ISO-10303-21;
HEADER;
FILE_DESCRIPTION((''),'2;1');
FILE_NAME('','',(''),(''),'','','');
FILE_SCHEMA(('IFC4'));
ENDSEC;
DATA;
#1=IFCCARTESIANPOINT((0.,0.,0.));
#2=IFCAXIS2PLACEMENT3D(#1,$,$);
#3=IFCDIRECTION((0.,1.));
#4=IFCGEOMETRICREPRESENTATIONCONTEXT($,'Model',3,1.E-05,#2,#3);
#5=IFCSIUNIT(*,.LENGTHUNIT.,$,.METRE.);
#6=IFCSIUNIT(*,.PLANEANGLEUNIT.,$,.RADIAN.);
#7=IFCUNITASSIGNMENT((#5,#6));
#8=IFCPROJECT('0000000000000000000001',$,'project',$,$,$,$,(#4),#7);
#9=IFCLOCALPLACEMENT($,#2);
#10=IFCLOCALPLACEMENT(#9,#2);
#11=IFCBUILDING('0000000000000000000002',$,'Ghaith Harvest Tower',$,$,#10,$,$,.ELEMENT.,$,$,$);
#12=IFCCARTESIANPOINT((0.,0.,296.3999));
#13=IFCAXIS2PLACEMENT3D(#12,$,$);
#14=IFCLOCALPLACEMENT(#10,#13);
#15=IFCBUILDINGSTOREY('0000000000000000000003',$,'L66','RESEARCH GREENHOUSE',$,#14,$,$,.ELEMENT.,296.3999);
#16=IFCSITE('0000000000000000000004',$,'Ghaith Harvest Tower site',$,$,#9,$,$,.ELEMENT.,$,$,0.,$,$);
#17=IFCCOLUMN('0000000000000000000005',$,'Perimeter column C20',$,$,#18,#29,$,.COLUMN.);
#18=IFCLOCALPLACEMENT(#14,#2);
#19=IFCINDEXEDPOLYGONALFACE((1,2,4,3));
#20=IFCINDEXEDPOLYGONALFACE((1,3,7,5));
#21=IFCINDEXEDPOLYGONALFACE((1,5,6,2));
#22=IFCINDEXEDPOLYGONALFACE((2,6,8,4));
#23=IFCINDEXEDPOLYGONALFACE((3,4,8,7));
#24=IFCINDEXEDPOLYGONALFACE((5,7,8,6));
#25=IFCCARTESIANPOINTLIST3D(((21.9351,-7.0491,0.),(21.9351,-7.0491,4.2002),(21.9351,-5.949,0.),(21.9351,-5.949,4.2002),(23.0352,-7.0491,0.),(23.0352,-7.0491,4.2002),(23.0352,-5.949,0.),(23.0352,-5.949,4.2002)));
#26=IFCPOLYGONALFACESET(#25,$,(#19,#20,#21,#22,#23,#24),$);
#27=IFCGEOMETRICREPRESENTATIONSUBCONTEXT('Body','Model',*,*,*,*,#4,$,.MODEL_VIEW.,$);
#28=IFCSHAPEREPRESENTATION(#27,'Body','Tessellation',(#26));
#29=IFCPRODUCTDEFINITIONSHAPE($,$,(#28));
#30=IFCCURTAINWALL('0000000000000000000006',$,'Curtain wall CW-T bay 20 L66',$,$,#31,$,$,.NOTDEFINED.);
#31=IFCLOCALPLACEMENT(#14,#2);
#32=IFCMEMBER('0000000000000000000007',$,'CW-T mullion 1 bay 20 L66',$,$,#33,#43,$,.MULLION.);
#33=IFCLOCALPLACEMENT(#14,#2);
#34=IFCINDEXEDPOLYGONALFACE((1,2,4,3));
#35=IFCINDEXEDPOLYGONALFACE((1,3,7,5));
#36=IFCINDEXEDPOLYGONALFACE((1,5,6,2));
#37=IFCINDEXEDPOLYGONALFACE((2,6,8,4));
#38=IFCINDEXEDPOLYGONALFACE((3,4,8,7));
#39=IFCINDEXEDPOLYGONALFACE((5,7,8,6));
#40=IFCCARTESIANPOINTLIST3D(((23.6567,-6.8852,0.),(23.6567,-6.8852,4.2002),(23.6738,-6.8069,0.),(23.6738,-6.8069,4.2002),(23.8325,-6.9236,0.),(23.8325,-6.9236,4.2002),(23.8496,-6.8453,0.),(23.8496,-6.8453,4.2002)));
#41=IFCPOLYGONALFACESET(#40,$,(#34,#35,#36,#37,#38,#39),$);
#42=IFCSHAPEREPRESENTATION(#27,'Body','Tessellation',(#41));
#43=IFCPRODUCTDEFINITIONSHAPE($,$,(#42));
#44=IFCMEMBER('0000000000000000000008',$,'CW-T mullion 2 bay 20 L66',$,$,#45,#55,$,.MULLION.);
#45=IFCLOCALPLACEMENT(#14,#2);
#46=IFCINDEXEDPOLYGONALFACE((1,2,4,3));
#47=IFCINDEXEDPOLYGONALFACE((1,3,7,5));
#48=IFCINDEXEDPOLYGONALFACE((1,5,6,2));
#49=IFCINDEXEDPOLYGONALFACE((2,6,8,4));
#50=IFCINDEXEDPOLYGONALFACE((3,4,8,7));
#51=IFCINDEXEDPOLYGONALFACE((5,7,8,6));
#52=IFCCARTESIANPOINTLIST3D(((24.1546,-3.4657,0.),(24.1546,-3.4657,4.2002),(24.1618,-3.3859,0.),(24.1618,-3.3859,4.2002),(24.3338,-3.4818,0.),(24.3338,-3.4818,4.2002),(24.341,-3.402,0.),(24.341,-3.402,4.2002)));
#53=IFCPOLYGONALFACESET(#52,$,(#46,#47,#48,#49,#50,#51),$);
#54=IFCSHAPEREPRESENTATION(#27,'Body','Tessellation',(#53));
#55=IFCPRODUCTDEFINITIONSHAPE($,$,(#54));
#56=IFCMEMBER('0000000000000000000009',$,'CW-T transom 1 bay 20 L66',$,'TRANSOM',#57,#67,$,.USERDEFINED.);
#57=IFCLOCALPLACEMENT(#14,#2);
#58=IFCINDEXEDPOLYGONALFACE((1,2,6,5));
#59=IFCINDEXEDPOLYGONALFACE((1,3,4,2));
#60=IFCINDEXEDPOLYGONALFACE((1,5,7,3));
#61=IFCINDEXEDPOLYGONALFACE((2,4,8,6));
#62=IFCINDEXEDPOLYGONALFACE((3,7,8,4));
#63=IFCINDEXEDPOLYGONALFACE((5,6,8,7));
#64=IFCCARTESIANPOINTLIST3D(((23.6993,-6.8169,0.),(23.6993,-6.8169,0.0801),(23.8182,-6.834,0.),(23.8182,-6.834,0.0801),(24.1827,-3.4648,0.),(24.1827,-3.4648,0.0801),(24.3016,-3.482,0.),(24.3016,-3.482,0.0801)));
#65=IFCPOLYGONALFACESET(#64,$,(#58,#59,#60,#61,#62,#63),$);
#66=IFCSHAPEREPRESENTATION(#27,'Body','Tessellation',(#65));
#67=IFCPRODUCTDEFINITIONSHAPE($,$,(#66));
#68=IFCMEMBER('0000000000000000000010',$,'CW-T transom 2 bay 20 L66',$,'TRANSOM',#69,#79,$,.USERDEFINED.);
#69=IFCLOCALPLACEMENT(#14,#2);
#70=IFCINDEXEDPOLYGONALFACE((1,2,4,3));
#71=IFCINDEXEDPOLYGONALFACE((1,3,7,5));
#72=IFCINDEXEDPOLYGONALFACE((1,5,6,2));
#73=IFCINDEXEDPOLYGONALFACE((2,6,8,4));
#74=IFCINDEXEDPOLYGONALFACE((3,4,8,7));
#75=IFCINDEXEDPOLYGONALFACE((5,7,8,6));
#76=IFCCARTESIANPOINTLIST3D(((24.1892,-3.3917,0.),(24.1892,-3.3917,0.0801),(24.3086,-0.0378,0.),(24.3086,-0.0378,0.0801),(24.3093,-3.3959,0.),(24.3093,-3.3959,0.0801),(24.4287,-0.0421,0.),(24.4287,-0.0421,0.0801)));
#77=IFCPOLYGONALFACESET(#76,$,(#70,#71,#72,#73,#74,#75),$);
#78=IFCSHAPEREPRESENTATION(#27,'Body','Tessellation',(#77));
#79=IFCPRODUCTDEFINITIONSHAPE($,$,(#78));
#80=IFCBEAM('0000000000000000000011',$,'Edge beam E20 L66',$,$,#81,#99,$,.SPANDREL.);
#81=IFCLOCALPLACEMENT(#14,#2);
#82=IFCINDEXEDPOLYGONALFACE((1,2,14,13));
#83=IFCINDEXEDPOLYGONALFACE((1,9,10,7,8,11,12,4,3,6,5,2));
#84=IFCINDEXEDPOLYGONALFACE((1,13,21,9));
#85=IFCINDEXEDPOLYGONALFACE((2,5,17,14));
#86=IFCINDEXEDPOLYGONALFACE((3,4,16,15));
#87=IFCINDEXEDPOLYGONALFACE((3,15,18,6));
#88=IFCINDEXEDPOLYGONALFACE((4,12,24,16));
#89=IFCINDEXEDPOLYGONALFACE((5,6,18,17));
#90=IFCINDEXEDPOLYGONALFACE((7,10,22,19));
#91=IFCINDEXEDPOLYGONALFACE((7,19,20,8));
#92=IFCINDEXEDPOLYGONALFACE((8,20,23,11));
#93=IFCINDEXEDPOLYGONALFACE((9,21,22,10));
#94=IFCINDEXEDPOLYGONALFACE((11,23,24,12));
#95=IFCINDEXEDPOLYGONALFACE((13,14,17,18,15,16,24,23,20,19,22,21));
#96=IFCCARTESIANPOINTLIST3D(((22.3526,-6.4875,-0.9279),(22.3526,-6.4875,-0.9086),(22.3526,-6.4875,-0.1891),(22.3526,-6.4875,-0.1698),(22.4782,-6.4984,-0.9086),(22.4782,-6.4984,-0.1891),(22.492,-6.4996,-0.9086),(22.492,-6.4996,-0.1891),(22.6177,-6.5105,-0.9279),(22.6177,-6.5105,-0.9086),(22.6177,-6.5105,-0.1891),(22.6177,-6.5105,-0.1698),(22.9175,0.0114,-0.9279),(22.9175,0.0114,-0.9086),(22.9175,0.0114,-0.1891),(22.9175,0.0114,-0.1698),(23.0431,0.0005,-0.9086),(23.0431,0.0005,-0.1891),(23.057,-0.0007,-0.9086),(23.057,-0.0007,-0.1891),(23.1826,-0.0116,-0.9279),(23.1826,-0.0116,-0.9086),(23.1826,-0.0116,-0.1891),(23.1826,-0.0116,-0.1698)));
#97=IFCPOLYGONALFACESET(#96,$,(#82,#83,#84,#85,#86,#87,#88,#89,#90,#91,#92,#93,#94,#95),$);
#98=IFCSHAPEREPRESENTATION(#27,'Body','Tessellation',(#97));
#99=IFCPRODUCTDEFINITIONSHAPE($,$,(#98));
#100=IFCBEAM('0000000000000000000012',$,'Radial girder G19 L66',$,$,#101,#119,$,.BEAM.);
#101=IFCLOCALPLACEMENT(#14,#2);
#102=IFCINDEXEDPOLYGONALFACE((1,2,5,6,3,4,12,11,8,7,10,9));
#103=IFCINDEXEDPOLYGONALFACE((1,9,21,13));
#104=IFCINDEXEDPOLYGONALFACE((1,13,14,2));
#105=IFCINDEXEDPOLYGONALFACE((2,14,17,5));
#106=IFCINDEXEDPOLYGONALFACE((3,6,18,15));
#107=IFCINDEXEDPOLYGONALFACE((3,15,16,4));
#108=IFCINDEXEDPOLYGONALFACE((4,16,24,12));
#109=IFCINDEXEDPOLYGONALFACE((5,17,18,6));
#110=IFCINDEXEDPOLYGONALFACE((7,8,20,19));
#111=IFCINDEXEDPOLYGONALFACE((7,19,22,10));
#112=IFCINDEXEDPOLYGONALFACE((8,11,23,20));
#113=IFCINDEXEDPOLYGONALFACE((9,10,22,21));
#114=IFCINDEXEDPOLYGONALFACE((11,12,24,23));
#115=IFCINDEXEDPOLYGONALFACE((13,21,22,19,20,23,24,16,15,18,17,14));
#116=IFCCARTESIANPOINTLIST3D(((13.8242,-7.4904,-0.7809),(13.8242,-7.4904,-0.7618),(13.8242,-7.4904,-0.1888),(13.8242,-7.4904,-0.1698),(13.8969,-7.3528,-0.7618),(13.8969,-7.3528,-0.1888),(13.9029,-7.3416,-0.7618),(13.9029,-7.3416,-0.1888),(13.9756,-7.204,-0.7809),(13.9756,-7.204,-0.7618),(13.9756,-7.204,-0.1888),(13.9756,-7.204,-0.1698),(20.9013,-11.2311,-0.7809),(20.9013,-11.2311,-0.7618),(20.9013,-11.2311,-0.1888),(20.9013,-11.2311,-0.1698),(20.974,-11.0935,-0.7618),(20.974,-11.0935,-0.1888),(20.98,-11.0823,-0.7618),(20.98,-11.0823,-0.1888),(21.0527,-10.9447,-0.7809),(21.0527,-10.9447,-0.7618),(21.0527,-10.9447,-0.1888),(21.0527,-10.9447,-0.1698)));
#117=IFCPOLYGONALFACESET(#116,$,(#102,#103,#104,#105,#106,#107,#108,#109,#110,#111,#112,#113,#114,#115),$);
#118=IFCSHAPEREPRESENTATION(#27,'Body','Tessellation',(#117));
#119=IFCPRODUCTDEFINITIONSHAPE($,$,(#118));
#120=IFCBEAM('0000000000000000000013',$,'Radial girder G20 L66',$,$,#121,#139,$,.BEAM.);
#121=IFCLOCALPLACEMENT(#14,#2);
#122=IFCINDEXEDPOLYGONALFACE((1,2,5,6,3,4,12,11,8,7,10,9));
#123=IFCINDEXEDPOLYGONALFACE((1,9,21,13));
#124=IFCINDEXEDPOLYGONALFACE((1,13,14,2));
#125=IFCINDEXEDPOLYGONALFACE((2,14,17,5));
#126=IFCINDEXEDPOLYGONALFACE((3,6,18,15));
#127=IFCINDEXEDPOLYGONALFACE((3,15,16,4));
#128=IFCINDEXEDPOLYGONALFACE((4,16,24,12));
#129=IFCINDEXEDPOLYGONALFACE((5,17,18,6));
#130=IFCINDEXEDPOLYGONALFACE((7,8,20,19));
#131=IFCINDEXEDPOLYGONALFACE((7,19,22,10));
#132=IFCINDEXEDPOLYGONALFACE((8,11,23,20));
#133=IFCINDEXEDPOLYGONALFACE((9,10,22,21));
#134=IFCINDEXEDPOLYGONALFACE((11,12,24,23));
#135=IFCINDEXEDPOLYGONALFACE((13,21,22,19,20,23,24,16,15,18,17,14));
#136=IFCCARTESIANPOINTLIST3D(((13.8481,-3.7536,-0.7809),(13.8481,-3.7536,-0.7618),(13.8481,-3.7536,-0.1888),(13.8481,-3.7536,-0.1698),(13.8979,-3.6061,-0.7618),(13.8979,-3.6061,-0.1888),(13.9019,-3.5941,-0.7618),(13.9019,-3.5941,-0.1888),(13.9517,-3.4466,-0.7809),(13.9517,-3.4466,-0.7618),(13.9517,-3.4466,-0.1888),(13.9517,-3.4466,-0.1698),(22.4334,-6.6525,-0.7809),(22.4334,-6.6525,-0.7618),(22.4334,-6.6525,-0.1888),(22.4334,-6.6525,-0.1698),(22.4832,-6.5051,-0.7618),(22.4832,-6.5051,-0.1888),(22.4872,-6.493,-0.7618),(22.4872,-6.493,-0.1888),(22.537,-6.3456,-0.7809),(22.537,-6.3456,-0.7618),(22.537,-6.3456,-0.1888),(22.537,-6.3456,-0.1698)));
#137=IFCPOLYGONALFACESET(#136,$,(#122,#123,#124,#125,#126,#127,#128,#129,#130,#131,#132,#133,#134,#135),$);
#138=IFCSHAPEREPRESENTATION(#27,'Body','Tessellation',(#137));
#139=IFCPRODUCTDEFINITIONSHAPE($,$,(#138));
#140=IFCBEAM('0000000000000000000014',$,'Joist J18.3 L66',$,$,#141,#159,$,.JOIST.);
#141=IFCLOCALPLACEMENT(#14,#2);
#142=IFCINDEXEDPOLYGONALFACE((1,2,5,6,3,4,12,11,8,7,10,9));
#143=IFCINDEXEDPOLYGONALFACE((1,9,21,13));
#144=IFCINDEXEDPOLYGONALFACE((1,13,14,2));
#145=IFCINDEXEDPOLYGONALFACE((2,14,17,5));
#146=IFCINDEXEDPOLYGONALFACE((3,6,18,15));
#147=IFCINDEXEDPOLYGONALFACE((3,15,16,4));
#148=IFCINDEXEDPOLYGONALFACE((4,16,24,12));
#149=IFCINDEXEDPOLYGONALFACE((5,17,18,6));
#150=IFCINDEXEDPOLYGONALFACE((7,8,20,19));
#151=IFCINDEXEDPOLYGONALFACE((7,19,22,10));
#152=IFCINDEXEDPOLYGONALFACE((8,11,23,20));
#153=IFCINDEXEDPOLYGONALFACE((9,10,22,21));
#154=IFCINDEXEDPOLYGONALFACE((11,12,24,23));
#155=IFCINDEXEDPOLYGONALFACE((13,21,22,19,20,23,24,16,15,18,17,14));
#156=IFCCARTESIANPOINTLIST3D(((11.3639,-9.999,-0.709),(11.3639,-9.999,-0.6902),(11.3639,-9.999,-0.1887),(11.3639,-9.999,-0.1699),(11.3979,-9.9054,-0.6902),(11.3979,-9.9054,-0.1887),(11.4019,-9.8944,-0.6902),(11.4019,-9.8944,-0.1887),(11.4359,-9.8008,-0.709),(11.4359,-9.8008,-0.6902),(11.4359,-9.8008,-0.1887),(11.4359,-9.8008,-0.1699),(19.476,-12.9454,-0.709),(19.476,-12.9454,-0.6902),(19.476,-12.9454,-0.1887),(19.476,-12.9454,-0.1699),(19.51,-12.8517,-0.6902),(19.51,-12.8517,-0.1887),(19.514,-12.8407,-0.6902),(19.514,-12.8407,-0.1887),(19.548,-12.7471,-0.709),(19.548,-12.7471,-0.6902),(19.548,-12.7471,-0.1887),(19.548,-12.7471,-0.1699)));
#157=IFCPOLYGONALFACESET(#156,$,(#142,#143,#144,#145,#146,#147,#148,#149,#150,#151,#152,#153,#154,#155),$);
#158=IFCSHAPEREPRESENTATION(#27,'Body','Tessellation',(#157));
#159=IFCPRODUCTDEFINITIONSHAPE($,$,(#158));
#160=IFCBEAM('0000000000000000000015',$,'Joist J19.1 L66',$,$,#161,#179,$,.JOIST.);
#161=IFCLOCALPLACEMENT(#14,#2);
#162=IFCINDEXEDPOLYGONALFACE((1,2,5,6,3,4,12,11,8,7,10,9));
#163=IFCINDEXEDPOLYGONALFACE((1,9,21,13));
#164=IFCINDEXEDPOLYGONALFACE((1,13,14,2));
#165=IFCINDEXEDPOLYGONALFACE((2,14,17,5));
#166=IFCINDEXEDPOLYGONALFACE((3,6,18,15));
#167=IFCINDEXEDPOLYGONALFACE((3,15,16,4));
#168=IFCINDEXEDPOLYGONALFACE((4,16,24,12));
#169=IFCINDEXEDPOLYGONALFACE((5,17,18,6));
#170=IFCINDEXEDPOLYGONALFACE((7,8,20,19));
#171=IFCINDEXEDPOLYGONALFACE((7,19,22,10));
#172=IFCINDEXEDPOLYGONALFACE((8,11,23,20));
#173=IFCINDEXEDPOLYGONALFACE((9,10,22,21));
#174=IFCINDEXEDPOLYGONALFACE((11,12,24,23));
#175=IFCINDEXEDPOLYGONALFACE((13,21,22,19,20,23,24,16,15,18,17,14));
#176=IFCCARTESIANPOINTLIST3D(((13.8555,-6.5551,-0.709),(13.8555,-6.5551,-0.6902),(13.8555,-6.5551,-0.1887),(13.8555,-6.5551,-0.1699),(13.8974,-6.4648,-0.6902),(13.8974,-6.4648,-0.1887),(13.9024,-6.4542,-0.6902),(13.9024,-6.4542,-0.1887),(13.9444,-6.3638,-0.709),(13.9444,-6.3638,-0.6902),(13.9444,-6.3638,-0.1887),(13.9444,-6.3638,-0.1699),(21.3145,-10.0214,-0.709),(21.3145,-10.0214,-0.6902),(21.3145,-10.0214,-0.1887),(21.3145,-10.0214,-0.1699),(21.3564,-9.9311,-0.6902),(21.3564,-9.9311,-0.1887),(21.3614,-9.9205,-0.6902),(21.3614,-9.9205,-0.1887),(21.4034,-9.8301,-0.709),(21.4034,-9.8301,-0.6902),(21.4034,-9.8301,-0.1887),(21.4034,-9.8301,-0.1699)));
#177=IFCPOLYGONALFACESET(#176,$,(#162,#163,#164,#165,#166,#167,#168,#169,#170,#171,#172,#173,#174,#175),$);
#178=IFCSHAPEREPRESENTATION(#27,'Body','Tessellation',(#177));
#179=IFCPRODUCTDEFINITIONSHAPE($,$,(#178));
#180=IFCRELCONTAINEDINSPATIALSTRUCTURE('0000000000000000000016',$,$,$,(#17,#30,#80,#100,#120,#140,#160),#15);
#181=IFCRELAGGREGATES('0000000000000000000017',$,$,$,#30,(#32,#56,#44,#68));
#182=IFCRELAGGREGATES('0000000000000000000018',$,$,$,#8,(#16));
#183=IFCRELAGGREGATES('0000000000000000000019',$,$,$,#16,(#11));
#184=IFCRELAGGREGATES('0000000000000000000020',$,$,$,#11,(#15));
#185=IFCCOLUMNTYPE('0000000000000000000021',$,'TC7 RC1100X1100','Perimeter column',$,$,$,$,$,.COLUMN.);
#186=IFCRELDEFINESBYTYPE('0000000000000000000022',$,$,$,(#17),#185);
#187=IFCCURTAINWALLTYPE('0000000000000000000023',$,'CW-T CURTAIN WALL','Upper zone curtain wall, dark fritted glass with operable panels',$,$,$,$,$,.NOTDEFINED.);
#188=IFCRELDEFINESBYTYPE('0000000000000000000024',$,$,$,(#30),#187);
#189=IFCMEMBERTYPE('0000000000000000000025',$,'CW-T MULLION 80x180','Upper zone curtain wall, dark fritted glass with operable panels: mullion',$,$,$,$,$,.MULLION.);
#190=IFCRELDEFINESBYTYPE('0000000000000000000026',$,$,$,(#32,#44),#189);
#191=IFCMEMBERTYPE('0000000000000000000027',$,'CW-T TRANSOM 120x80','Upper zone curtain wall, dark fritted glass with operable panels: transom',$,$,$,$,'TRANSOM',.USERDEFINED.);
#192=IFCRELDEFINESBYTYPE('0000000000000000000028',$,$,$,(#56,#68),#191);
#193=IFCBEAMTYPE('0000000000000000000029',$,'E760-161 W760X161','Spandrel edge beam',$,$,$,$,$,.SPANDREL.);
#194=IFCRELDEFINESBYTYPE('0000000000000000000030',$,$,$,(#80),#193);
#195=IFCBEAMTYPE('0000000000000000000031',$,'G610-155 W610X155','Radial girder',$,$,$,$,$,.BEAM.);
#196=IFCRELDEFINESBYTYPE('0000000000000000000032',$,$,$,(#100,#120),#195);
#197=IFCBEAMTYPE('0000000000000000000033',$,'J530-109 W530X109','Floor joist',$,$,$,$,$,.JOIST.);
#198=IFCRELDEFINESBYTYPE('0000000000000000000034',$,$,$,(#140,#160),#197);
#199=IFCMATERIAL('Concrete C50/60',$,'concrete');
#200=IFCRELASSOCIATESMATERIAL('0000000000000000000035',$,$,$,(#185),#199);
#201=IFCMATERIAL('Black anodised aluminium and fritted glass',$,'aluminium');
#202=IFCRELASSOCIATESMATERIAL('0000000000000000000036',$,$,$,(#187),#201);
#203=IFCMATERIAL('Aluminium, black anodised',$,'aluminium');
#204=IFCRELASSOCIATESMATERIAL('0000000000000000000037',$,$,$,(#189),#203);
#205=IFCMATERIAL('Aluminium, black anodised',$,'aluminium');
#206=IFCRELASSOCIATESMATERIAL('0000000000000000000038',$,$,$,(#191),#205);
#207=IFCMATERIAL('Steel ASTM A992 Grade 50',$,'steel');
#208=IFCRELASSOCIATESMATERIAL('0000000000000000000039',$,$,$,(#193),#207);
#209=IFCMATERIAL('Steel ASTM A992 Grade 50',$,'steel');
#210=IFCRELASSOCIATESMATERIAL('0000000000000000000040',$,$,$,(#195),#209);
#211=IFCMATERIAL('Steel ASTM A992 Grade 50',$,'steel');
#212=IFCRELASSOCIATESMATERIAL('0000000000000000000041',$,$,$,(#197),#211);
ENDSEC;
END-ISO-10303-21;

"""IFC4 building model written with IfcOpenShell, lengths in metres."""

from ifc_helpers import new_model, si_unit, direction, frame, origin, origin_2d, place, context, subcontext, project, spatial, rectangle, i_section, extrude, material, material_profile, profile_set, type_object, element, aggregate, save


model = new_model("IFC4")

# Units and contexts
model_context = context("Model", 3, precision=1e-05, world=origin(), true_north=direction((0.0, 1.0)))
body_context = subcontext(model_context, "Body", "Model", "MODEL_VIEW")
ifc_project = project(units=[si_unit("LENGTHUNIT", "METRE"), si_unit("PLANEANGLEUNIT", "RADIAN")], contexts=[model_context])

# Site, building, storey
site_placement = place(None, origin())
site = spatial("IfcSite", under=ifc_project, at=site_placement, Name="Ghaith Harvest Tower site", CompositionType="ELEMENT", RefElevation=0.0)
building_placement = place(site_placement, origin())
building = spatial("IfcBuilding", under=site, at=building_placement, Name="Ghaith Harvest Tower", CompositionType="ELEMENT")
storey_placement = place(building_placement, frame((0.0, 0.0, 296.3999)))
storey = spatial("IfcBuildingStorey", under=building, at=storey_placement, Name="L66", Description="RESEARCH GREENHOUSE", CompositionType="ELEMENT", Elevation=296.3999)

# Column
ifc_material_1 = material(Name="Concrete C50/60", Category="concrete")
ifc_material_profile_1 = material_profile(ifc_material_1, rectangle(XDim=1.1001, YDim=1.1001, at=origin_2d()), Name="RC1100X1100")
ifc_profile_set_1 = profile_set([ifc_material_profile_1], Name="Concrete C50/60")
column_type = type_object("IfcColumnType", Name="TC7 RC1100X1100", Description="Perimeter column", PredefinedType="COLUMN", material=ifc_profile_set_1)
column_placement = place(storey_placement, frame((22.4851, -6.499, 0.0), z_axis=(0.0, 0.0, 1.0), x_axis=(1.0, 0.0, 0.0)))
element("IfcColumn", 1, at=column_placement, inside=storey, type_object=column_type, Name="Perimeter column C20", PredefinedType="COLUMN", context=body_context, shape_type="SweptSolid", body=[
    extrude(rectangle(XDim=1.1001, YDim=1.1001, at=origin_2d()), origin(), (0.0, 0.0, 1.0), 4.2002),
])

# Curtain wall, members
ifc_material_2 = material(Name="Black anodised aluminium and fritted glass", Category="aluminium")
curtain_wall_type = type_object("IfcCurtainWallType", Name="CW-T CURTAIN WALL", Description="Upper zone curtain wall, dark fritted glass with operable panels", PredefinedType="NOTDEFINED", material=ifc_material_2)
curtain_wall_1_placement = place(storey_placement, origin())
curtain_wall_1 = element("IfcCurtainWall", 2, at=curtain_wall_1_placement, inside=storey, type_object=curtain_wall_type, Name="Curtain wall CW-T bay 20 L66", PredefinedType="NOTDEFINED")
ifc_material_3 = material(Name="Aluminium, black anodised", Category="aluminium")
ifc_material_profile_2 = material_profile(ifc_material_3, rectangle(XDim=0.0801, YDim=0.1799, at=origin_2d()), Name="CW-T MULLION 80x180")
ifc_profile_set_2 = profile_set([ifc_material_profile_2], Name="Aluminium, black anodised")
member_type_1 = type_object("IfcMemberType", Name="CW-T MULLION 80x180", Description="Upper zone curtain wall, dark fritted glass with operable panels: mullion", PredefinedType="MULLION", material=ifc_profile_set_2)
member_1_placement = place(storey_placement, frame((23.7532, -6.8652, 0.0), z_axis=(0.0, 0.0, 1.0), x_axis=(0.213402, 0.976964, 0.0)))
member_1 = element("IfcMember", 3, at=member_1_placement, type_object=member_type_1, Name="CW-T mullion 1 bay 20 L66", PredefinedType="MULLION", context=body_context, shape_type="SweptSolid", body=[
    extrude(rectangle(XDim=0.0801, YDim=0.1799, at=origin_2d()), origin(), (0.0, 0.0, 1.0), 4.2002),
])
member_2_placement = place(storey_placement, frame((24.2478, -3.4338, 0.0), z_axis=(0.0, 0.0, 1.0), x_axis=(0.089502, 0.995987, 0.0)))
member_2 = element("IfcMember", 4, at=member_2_placement, type_object=member_type_1, Name="CW-T mullion 2 bay 20 L66", PredefinedType="MULLION", context=body_context, shape_type="SweptSolid", body=[
    extrude(rectangle(XDim=0.0801, YDim=0.1799, at=origin_2d()), origin(), (0.0, 0.0, 1.0), 4.2002),
])
ifc_material_4 = material(Name="Aluminium, black anodised", Category="aluminium")
ifc_material_profile_3 = material_profile(ifc_material_4, rectangle(XDim=0.1201, YDim=0.0801, at=origin_2d()), Name="CW-T TRANSOM 120x80")
ifc_profile_set_3 = profile_set([ifc_material_profile_3], Name="Aluminium, black anodised")
member_type_2 = type_object("IfcMemberType", Name="CW-T TRANSOM 120x80", Description="Upper zone curtain wall, dark fritted glass with operable panels: transom", ElementType="TRANSOM", PredefinedType="USERDEFINED", material=ifc_profile_set_3)
member_3_placement = place(storey_placement, frame((23.7588, -6.8254, 0.04), z_axis=(0.142733, 0.989761, 0.0), x_axis=(-0.989761, 0.142733, 0.0)))
member_3 = element("IfcMember", 5, at=member_3_placement, type_object=member_type_2, Name="CW-T transom 1 bay 20 L66", ObjectType="TRANSOM", PredefinedType="USERDEFINED", context=body_context, shape_type="SweptSolid", body=[
    extrude(rectangle(XDim=0.1201, YDim=0.0801, at=origin_2d()), origin(), (0.0, 0.0, 1.0), 3.3867),
])
member_4_placement = place(storey_placement, frame((24.2493, -3.3938, 0.04), z_axis=(0.035575, 0.999367, 0.0), x_axis=(-0.999367, 0.035575, 0.0)))
member_4 = element("IfcMember", 6, at=member_4_placement, type_object=member_type_2, Name="CW-T transom 2 bay 20 L66", ObjectType="TRANSOM", PredefinedType="USERDEFINED", context=body_context, shape_type="SweptSolid", body=[
    extrude(rectangle(XDim=0.1201, YDim=0.0801, at=origin_2d()), origin(), (0.0, 0.0, 1.0), 3.356),
])

# Beams
ifc_material_5 = material(Name="Steel ASTM A992 Grade 50", Category="steel")
ifc_material_profile_4 = material_profile(ifc_material_5, i_section(OverallWidth=0.2661, OverallDepth=0.7581, WebThickness=0.0139, FlangeThickness=0.0193, at=origin_2d()), Name="W760X161")
ifc_profile_set_4 = profile_set([ifc_material_profile_4], Name="Steel ASTM A992 Grade 50")
beam_type_1 = type_object("IfcBeamType", Name="E760-161 W760X161", Description="Spandrel edge beam", PredefinedType="SPANDREL", material=ifc_profile_set_4)
beam_1_placement = place(storey_placement, frame((22.4851, -6.499, -0.5488), z_axis=(0.086601, 0.996243, 0.0), x_axis=(-0.996243, 0.086601, 0.0)))
element("IfcBeam", 7, at=beam_1_placement, inside=storey, type_object=beam_type_1, Name="Edge beam E20 L66", PredefinedType="SPANDREL", context=body_context, shape_type="SweptSolid", body=[
    extrude(i_section(OverallWidth=0.2661, OverallDepth=0.7581, WebThickness=0.0139, FlangeThickness=0.0193, at=origin_2d()), origin(), (0.0, 0.0, 1.0), 6.5234),
])
ifc_material_6 = material(Name="Steel ASTM A992 Grade 50", Category="steel")
ifc_material_profile_5 = material_profile(ifc_material_6, i_section(OverallWidth=0.324, OverallDepth=0.6111, WebThickness=0.0127, FlangeThickness=0.019, at=origin_2d()), Name="W610X155")
ifc_profile_set_5 = profile_set([ifc_material_profile_5], Name="Steel ASTM A992 Grade 50")
beam_type_2 = type_object("IfcBeamType", Name="G610-155 W610X155", Description="Radial girder", PredefinedType="BEAM", material=ifc_profile_set_5)
beam_2_placement = place(storey_placement, frame((13.8999, -7.3472, -0.4753), z_axis=(0.884098, -0.467302, 0.0), x_axis=(0.467302, 0.884098, 0.0)))
element("IfcBeam", 8, at=beam_2_placement, inside=storey, type_object=beam_type_2, Name="Radial girder G19 L66", PredefinedType="BEAM", context=body_context, shape_type="SweptSolid", body=[
    extrude(i_section(OverallWidth=0.324, OverallDepth=0.6111, WebThickness=0.0127, FlangeThickness=0.019, at=origin_2d()), origin(), (0.0, 0.0, 1.0), 8.0049),
])
beam_3_placement = place(storey_placement, frame((13.8999, -3.6001, -0.4753), z_axis=(0.947445, -0.319919, 0.0), x_axis=(0.319919, 0.947445, 0.0)))
element("IfcBeam", 9, at=beam_3_placement, inside=storey, type_object=beam_type_2, Name="Radial girder G20 L66", PredefinedType="BEAM", context=body_context, shape_type="SweptSolid", body=[
    extrude(i_section(OverallWidth=0.324, OverallDepth=0.6111, WebThickness=0.0127, FlangeThickness=0.019, at=origin_2d()), origin(), (0.0, 0.0, 1.0), 9.0615),
])
ifc_material_7 = material(Name="Steel ASTM A992 Grade 50", Category="steel")
ifc_material_profile_6 = material_profile(ifc_material_7, i_section(OverallWidth=0.2109, OverallDepth=0.5391, WebThickness=0.0117, FlangeThickness=0.0188, at=origin_2d()), Name="W530X109")
ifc_profile_set_6 = profile_set([ifc_material_profile_6], Name="Steel ASTM A992 Grade 50")
beam_type_3 = type_object("IfcBeamType", Name="J530-109 W530X109", Description="Floor joist", PredefinedType="JOIST", material=ifc_profile_set_6)
beam_4_placement = place(storey_placement, frame((11.3999, -9.8999, -0.4395), z_axis=(0.939926, -0.34138, 0.0), x_axis=(0.34138, 0.939926, 0.0)))
element("IfcBeam", 10, at=beam_4_placement, inside=storey, type_object=beam_type_3, Name="Joist J18.3 L66", PredefinedType="JOIST", context=body_context, shape_type="SweptSolid", body=[
    extrude(i_section(OverallWidth=0.2109, OverallDepth=0.5391, WebThickness=0.0117, FlangeThickness=0.0188, at=origin_2d()), origin(), (0.0, 0.0, 1.0), 8.6306),
])
beam_5_placement = place(storey_placement, frame((13.8999, -6.4595, -0.4395), z_axis=(0.90686, -0.421432, 0.0), x_axis=(0.421432, 0.90686, 0.0)))
element("IfcBeam", 11, at=beam_5_placement, inside=storey, type_object=beam_type_3, Name="Joist J19.1 L66", PredefinedType="JOIST", context=body_context, shape_type="SweptSolid", body=[
    extrude(i_section(OverallWidth=0.2109, OverallDepth=0.5391, WebThickness=0.0117, FlangeThickness=0.0188, at=origin_2d()), origin(), (0.0, 0.0, 1.0), 8.2251),
])

aggregate(curtain_wall_1, [member_1, member_3, member_2, member_4])

save(model, "model.ifc")
